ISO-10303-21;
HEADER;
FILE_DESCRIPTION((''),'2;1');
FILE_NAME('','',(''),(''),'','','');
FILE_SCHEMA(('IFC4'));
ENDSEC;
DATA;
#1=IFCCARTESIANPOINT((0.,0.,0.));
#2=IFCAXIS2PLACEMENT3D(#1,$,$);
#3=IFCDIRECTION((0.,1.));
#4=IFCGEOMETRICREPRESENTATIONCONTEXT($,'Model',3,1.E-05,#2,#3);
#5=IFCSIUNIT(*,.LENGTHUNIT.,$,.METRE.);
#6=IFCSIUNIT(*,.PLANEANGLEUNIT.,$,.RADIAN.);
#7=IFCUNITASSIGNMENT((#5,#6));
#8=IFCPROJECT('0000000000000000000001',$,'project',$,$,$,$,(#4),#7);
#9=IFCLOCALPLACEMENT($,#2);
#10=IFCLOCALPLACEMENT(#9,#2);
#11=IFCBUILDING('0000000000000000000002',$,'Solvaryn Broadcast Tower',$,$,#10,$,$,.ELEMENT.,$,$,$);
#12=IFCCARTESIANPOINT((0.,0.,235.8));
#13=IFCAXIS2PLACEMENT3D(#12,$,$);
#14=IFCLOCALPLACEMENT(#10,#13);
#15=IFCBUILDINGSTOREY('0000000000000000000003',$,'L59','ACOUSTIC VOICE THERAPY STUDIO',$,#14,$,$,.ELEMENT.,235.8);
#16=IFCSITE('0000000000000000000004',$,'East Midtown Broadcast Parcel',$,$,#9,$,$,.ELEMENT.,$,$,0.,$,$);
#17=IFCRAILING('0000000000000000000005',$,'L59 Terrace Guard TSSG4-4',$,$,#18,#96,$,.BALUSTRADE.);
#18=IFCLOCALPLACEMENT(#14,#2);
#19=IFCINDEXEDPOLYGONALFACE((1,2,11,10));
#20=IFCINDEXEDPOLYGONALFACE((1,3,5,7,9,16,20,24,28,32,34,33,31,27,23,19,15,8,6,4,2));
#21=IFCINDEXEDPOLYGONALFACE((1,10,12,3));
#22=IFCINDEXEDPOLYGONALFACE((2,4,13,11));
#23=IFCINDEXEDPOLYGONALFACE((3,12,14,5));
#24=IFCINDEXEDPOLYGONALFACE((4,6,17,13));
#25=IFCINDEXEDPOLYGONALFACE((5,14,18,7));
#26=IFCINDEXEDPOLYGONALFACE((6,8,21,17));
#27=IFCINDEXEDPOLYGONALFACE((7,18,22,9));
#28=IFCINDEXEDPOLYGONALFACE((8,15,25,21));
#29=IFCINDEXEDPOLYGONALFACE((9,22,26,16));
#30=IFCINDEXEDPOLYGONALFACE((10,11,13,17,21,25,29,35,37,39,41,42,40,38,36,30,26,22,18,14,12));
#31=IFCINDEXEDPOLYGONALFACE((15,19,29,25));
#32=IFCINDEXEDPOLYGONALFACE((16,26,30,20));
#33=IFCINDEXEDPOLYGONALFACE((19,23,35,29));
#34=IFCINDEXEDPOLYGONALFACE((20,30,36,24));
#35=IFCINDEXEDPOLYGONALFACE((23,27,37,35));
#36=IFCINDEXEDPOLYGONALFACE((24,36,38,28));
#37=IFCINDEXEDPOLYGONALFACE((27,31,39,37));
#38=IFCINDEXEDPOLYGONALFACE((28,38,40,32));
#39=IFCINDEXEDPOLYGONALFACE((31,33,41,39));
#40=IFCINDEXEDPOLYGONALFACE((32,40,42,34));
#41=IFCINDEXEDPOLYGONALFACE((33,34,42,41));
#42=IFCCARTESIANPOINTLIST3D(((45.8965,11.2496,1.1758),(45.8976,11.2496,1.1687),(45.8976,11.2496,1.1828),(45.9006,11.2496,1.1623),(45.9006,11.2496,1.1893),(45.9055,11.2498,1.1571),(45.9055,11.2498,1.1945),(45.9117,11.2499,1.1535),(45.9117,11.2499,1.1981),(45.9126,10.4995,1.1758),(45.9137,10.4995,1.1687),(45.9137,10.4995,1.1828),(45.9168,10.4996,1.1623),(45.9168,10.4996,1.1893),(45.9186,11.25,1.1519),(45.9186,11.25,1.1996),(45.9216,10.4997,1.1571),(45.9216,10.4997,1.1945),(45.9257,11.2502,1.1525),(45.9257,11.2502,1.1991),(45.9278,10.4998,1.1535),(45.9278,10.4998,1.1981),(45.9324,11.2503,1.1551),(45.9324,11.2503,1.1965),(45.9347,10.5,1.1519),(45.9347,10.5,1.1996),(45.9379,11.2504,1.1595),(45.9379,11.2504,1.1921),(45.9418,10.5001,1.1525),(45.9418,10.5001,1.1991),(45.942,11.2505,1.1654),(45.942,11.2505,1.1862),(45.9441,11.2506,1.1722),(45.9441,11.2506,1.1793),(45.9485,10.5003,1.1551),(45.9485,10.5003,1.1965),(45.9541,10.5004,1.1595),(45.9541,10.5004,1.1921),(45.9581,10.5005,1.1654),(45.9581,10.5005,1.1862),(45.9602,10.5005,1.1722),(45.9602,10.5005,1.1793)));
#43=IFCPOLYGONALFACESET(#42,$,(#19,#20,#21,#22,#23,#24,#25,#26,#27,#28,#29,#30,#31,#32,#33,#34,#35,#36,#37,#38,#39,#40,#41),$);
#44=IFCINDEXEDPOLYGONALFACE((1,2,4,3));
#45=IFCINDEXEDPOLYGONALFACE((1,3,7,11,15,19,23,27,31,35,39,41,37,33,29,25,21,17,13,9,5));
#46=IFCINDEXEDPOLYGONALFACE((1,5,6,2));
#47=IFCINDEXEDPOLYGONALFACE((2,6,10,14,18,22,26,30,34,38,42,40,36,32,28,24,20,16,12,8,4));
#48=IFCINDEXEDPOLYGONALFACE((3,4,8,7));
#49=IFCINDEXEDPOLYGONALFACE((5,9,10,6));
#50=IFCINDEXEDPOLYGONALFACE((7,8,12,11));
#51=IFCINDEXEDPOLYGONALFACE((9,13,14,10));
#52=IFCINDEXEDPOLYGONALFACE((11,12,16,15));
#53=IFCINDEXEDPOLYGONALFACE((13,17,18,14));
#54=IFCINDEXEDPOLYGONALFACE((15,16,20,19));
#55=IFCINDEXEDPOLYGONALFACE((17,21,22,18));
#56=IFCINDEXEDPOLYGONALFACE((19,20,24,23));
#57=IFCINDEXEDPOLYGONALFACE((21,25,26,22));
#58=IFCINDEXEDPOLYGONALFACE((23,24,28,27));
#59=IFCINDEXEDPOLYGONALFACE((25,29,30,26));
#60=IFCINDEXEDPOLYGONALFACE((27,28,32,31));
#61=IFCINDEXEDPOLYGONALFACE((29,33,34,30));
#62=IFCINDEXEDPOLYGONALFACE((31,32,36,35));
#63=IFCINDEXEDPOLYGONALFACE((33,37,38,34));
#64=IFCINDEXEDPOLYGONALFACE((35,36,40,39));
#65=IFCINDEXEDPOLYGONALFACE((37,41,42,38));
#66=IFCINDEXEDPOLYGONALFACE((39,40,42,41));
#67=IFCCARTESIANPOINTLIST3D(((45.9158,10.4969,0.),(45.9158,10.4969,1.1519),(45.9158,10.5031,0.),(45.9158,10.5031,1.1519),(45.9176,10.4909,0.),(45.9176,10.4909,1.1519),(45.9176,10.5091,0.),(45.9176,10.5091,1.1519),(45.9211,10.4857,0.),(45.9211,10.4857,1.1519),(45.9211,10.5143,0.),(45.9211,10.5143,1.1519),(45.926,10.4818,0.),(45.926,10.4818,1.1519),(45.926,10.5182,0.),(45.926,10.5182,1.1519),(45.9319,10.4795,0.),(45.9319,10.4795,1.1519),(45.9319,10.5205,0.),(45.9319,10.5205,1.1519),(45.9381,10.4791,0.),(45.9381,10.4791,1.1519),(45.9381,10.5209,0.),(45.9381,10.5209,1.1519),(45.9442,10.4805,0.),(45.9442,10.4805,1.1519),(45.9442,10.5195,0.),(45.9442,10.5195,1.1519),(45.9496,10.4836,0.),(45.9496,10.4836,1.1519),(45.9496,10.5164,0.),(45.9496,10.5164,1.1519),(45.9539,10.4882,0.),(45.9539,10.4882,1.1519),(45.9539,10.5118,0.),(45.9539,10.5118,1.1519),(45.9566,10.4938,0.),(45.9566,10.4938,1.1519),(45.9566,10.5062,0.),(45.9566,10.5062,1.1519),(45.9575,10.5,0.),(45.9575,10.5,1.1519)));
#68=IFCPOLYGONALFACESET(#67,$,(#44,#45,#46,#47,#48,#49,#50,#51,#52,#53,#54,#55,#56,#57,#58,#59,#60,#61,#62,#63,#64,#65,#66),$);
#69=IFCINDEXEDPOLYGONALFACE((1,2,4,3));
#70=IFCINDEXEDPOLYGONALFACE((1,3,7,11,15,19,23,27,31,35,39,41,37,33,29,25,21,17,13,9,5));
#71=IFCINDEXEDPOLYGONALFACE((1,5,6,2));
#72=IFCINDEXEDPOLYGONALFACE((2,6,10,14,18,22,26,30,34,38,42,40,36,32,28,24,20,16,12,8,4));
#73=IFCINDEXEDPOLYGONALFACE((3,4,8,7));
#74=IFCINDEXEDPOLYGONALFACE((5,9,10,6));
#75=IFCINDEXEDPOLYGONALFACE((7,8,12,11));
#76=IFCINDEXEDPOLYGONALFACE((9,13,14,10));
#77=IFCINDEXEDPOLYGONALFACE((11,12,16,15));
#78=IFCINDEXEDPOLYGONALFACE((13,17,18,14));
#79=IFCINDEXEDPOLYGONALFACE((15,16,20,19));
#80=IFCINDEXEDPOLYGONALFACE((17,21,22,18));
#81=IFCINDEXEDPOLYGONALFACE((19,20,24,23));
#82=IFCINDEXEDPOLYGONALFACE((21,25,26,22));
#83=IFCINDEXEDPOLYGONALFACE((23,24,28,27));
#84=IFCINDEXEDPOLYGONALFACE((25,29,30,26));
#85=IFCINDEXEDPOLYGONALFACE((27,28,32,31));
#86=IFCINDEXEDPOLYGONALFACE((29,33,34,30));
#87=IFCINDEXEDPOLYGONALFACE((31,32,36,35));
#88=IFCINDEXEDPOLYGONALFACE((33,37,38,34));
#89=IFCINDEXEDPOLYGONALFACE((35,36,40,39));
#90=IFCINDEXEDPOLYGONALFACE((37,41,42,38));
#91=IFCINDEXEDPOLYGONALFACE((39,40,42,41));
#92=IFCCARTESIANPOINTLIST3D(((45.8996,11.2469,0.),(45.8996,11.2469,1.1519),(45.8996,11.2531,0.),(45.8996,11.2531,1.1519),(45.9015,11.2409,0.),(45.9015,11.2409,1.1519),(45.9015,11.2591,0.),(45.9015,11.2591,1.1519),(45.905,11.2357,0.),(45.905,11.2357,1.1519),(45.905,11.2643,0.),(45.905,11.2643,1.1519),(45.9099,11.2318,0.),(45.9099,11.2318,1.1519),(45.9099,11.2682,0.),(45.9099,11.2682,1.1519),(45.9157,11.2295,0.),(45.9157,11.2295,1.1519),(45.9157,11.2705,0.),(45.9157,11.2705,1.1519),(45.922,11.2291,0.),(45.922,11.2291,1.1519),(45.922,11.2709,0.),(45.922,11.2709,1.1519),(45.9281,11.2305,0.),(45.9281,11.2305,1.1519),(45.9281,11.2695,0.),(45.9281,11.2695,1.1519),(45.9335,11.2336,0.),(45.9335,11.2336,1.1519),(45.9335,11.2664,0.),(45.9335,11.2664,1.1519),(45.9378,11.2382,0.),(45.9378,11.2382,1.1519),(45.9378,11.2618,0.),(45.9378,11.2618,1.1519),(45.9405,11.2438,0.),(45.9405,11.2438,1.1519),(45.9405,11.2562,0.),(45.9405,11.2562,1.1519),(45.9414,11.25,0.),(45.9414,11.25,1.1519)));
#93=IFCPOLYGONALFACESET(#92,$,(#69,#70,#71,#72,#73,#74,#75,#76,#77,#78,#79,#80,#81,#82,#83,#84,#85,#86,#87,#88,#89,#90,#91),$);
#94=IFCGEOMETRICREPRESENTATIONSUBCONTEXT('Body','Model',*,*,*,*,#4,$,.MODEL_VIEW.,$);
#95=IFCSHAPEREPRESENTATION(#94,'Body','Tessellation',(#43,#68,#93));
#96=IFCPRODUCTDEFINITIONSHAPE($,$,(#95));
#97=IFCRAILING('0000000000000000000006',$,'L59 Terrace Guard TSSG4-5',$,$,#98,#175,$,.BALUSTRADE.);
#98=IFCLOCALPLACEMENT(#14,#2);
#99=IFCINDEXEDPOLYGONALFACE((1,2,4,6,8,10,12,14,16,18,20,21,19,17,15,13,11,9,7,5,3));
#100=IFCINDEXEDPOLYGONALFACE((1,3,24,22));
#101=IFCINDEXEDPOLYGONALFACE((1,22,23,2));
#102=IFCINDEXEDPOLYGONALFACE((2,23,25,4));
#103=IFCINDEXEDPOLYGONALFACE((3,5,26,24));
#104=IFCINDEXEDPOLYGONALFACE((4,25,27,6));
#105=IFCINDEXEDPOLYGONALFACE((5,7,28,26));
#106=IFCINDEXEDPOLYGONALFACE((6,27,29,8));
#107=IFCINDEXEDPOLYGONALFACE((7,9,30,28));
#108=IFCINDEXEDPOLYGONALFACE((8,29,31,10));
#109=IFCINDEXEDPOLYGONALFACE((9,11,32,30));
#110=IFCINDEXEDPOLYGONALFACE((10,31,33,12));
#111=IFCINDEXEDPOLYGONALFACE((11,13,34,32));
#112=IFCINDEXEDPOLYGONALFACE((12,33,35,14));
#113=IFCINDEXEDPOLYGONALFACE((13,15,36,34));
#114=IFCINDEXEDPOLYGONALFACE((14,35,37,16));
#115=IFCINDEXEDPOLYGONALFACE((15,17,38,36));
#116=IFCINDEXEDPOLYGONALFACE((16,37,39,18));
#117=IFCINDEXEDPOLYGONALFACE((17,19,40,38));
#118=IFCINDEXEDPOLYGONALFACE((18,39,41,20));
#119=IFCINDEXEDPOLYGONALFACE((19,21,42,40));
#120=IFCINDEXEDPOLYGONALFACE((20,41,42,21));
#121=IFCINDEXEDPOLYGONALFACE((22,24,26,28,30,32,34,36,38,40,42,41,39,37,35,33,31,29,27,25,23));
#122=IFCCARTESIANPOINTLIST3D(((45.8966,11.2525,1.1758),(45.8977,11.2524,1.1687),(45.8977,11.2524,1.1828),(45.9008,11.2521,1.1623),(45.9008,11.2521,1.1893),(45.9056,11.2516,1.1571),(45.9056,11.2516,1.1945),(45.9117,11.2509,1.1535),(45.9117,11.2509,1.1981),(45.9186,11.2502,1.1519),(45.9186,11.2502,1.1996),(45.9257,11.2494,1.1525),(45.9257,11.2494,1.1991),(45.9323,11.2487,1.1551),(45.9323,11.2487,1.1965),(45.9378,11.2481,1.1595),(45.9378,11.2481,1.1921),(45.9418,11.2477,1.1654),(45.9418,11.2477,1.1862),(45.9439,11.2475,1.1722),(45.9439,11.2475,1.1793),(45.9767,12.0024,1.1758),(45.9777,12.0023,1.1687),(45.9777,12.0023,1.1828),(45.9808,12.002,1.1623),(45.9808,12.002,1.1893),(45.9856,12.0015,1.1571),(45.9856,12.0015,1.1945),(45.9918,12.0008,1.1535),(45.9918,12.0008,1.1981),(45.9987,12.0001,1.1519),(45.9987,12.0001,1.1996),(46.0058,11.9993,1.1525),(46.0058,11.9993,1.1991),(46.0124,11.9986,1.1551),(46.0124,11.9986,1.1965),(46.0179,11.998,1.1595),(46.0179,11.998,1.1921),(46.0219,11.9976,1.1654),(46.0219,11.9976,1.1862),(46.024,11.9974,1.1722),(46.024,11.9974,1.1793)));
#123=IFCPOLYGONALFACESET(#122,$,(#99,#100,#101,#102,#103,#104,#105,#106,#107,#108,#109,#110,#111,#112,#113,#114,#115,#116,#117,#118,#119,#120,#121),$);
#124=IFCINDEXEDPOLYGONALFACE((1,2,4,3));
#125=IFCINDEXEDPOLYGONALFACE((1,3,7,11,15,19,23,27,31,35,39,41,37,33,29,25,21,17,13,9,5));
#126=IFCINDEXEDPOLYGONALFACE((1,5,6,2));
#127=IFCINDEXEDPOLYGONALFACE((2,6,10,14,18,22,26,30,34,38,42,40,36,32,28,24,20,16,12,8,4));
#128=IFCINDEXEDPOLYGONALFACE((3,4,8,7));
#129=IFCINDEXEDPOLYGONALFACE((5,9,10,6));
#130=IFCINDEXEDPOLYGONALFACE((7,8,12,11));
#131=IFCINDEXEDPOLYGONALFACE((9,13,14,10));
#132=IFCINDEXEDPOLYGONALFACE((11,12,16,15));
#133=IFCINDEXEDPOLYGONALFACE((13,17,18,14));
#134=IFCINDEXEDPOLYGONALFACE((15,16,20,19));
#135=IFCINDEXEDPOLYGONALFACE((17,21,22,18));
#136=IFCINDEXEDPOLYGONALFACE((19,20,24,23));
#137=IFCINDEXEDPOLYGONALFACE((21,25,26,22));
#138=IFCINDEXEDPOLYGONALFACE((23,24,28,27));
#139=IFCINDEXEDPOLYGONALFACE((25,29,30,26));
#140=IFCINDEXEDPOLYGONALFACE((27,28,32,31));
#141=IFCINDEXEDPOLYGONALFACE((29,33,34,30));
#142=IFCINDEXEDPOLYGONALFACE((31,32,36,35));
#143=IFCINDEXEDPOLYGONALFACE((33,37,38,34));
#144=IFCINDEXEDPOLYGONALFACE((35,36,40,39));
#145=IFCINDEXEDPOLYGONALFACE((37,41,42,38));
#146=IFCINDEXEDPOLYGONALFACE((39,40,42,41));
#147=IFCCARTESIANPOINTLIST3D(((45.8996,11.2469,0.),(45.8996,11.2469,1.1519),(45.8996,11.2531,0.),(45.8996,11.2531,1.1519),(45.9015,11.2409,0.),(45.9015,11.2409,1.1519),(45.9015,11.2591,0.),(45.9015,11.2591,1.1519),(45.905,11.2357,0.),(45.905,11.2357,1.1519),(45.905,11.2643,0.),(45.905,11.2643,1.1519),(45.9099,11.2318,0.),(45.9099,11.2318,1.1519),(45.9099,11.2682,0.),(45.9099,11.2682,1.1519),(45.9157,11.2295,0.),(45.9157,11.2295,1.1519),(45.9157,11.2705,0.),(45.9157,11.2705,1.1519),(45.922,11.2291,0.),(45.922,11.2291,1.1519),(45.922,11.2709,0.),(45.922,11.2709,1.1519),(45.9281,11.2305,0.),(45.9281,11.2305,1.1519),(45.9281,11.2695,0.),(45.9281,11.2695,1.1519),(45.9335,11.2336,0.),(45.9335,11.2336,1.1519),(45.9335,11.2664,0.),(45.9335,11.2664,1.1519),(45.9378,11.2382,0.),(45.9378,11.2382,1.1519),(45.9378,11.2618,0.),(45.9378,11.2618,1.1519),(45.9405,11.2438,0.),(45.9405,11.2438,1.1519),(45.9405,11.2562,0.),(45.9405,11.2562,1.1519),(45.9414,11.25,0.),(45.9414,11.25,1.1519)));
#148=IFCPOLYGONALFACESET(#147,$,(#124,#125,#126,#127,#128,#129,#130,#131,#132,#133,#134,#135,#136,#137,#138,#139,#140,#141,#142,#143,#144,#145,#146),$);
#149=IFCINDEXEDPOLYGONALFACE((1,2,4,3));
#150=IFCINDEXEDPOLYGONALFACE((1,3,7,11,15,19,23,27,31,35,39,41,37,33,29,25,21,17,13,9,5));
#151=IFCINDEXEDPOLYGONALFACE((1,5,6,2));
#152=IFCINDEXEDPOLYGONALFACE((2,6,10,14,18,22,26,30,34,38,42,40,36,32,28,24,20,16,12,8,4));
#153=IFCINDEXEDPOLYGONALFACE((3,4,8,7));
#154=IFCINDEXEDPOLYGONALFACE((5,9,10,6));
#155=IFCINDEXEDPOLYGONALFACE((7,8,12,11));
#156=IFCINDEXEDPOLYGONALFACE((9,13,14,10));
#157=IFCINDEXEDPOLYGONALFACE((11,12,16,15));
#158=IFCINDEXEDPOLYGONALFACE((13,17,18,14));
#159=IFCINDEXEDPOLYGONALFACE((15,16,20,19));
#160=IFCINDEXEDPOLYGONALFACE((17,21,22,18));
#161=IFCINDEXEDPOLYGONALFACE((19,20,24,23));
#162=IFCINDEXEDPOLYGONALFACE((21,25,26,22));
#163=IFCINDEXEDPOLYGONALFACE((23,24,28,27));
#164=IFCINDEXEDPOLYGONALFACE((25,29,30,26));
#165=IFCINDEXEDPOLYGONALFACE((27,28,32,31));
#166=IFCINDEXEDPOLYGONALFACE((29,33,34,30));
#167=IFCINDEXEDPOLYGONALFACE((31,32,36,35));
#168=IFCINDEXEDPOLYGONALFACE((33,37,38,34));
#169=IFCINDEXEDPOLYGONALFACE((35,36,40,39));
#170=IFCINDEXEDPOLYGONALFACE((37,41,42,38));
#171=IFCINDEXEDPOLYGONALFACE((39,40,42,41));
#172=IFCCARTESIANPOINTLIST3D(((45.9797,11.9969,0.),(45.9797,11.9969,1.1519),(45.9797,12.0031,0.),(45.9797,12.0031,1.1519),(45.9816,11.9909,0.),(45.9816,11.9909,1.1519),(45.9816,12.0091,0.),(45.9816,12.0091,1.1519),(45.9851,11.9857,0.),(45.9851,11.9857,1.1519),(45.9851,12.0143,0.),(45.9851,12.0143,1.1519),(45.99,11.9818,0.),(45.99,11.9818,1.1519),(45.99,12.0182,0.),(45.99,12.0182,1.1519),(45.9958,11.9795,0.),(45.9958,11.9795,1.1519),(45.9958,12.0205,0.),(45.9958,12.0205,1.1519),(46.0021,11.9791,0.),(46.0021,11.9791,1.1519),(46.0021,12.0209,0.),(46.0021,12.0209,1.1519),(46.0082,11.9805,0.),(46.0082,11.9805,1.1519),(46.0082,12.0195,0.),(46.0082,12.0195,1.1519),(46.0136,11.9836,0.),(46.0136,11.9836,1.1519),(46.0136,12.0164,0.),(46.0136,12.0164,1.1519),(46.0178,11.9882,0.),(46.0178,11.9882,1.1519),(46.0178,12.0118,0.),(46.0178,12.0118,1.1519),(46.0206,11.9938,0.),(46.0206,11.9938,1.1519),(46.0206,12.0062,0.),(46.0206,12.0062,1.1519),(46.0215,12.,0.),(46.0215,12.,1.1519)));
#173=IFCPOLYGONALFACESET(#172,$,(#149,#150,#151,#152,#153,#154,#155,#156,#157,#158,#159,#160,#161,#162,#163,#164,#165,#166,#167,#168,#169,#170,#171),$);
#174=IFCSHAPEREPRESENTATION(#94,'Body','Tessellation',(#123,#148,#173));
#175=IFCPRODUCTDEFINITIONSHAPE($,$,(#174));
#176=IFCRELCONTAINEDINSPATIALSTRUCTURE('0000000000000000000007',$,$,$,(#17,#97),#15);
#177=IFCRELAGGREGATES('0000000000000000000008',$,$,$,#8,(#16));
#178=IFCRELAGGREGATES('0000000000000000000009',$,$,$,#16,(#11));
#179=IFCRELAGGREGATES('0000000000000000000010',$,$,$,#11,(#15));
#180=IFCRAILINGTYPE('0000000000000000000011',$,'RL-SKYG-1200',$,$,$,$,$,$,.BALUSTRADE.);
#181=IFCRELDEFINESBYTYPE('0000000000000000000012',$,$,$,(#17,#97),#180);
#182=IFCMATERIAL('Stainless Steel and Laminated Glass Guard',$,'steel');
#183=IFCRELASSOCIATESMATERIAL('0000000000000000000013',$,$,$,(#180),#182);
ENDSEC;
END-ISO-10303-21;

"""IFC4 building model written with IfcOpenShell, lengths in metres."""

from ifc_helpers import new_model, si_unit, direction, frame, origin, origin_2d, place, context, subcontext, project, spatial, circle, extrude, material, type_object, element, save


model = new_model("IFC4")

# Units and contexts
model_context = context("Model", 3, precision=1e-05, world=origin(), true_north=direction((0.0, 1.0)))
body_context = subcontext(model_context, "Body", "Model", "MODEL_VIEW")
ifc_project = project(units=[si_unit("LENGTHUNIT", "METRE"), si_unit("PLANEANGLEUNIT", "RADIAN")], contexts=[model_context])

# Site, building, storey
site_placement = place(None, origin())
site = spatial("IfcSite", under=ifc_project, at=site_placement, Name="East Midtown Broadcast Parcel", CompositionType="ELEMENT", RefElevation=0.0)
building_placement = place(site_placement, origin())
building = spatial("IfcBuilding", under=site, at=building_placement, Name="Solvaryn Broadcast Tower", CompositionType="ELEMENT")
storey_placement = place(building_placement, frame((0.0, 0.0, 235.8)))
storey = spatial("IfcBuildingStorey", under=building, at=storey_placement, Name="L59", Description="ACOUSTIC VOICE THERAPY STUDIO", CompositionType="ELEMENT", Elevation=235.8)

# Railings
ifc_material_1 = material(Name="Stainless Steel and Laminated Glass Guard", Category="steel")
railing_type = type_object("IfcRailingType", Name="RL-SKYG-1200", PredefinedType="BALUSTRADE", material=ifc_material_1)
railing_1_placement = place(storey_placement, frame((45.9365, 10.5, 0.0)))
element("IfcRailing", 1, at=railing_1_placement, inside=storey, type_object=railing_type, Name="L59 Terrace Guard TSSG4-4", PredefinedType="BALUSTRADE", context=body_context, shape_type="SweptSolid", body=[
    extrude(circle(Radius=0.0239, at=origin_2d()), frame((0.0, 0.0, 1.1758), z_axis=(-0.021479, 0.999769, 0.0), x_axis=(-0.999769, -0.021479, 0.0)), (0.0, 0.0, 1.0), 0.7502),
    extrude(circle(Radius=0.021, at=origin_2d()), origin(), (0.0, 0.0, 1.0), 1.1519),
    extrude(circle(Radius=0.021, at=origin_2d()), frame((-0.0161, 0.75, 0.0)), (0.0, 0.0, 1.0), 1.1519),
])
railing_2_placement = place(storey_placement, frame((45.9204, 11.25, 0.0)))
element("IfcRailing", 2, at=railing_2_placement, inside=storey, type_object=railing_type, Name="L59 Terrace Guard TSSG4-5", PredefinedType="BALUSTRADE", context=body_context, shape_type="SweptSolid", body=[
    extrude(circle(Radius=0.0239, at=origin_2d()), frame((0.0, 0.0, 1.1758), z_axis=(0.106167, 0.994348, 0.0), x_axis=(-0.994348, 0.106167, 0.0)), (0.0, 0.0, 1.0), 0.7542),
    extrude(circle(Radius=0.021, at=origin_2d()), origin(), (0.0, 0.0, 1.0), 1.1519),
    extrude(circle(Radius=0.021, at=origin_2d()), frame((0.0801, 0.75, 0.0)), (0.0, 0.0, 1.0), 1.1519),
])

save(model, "model.ifc")
